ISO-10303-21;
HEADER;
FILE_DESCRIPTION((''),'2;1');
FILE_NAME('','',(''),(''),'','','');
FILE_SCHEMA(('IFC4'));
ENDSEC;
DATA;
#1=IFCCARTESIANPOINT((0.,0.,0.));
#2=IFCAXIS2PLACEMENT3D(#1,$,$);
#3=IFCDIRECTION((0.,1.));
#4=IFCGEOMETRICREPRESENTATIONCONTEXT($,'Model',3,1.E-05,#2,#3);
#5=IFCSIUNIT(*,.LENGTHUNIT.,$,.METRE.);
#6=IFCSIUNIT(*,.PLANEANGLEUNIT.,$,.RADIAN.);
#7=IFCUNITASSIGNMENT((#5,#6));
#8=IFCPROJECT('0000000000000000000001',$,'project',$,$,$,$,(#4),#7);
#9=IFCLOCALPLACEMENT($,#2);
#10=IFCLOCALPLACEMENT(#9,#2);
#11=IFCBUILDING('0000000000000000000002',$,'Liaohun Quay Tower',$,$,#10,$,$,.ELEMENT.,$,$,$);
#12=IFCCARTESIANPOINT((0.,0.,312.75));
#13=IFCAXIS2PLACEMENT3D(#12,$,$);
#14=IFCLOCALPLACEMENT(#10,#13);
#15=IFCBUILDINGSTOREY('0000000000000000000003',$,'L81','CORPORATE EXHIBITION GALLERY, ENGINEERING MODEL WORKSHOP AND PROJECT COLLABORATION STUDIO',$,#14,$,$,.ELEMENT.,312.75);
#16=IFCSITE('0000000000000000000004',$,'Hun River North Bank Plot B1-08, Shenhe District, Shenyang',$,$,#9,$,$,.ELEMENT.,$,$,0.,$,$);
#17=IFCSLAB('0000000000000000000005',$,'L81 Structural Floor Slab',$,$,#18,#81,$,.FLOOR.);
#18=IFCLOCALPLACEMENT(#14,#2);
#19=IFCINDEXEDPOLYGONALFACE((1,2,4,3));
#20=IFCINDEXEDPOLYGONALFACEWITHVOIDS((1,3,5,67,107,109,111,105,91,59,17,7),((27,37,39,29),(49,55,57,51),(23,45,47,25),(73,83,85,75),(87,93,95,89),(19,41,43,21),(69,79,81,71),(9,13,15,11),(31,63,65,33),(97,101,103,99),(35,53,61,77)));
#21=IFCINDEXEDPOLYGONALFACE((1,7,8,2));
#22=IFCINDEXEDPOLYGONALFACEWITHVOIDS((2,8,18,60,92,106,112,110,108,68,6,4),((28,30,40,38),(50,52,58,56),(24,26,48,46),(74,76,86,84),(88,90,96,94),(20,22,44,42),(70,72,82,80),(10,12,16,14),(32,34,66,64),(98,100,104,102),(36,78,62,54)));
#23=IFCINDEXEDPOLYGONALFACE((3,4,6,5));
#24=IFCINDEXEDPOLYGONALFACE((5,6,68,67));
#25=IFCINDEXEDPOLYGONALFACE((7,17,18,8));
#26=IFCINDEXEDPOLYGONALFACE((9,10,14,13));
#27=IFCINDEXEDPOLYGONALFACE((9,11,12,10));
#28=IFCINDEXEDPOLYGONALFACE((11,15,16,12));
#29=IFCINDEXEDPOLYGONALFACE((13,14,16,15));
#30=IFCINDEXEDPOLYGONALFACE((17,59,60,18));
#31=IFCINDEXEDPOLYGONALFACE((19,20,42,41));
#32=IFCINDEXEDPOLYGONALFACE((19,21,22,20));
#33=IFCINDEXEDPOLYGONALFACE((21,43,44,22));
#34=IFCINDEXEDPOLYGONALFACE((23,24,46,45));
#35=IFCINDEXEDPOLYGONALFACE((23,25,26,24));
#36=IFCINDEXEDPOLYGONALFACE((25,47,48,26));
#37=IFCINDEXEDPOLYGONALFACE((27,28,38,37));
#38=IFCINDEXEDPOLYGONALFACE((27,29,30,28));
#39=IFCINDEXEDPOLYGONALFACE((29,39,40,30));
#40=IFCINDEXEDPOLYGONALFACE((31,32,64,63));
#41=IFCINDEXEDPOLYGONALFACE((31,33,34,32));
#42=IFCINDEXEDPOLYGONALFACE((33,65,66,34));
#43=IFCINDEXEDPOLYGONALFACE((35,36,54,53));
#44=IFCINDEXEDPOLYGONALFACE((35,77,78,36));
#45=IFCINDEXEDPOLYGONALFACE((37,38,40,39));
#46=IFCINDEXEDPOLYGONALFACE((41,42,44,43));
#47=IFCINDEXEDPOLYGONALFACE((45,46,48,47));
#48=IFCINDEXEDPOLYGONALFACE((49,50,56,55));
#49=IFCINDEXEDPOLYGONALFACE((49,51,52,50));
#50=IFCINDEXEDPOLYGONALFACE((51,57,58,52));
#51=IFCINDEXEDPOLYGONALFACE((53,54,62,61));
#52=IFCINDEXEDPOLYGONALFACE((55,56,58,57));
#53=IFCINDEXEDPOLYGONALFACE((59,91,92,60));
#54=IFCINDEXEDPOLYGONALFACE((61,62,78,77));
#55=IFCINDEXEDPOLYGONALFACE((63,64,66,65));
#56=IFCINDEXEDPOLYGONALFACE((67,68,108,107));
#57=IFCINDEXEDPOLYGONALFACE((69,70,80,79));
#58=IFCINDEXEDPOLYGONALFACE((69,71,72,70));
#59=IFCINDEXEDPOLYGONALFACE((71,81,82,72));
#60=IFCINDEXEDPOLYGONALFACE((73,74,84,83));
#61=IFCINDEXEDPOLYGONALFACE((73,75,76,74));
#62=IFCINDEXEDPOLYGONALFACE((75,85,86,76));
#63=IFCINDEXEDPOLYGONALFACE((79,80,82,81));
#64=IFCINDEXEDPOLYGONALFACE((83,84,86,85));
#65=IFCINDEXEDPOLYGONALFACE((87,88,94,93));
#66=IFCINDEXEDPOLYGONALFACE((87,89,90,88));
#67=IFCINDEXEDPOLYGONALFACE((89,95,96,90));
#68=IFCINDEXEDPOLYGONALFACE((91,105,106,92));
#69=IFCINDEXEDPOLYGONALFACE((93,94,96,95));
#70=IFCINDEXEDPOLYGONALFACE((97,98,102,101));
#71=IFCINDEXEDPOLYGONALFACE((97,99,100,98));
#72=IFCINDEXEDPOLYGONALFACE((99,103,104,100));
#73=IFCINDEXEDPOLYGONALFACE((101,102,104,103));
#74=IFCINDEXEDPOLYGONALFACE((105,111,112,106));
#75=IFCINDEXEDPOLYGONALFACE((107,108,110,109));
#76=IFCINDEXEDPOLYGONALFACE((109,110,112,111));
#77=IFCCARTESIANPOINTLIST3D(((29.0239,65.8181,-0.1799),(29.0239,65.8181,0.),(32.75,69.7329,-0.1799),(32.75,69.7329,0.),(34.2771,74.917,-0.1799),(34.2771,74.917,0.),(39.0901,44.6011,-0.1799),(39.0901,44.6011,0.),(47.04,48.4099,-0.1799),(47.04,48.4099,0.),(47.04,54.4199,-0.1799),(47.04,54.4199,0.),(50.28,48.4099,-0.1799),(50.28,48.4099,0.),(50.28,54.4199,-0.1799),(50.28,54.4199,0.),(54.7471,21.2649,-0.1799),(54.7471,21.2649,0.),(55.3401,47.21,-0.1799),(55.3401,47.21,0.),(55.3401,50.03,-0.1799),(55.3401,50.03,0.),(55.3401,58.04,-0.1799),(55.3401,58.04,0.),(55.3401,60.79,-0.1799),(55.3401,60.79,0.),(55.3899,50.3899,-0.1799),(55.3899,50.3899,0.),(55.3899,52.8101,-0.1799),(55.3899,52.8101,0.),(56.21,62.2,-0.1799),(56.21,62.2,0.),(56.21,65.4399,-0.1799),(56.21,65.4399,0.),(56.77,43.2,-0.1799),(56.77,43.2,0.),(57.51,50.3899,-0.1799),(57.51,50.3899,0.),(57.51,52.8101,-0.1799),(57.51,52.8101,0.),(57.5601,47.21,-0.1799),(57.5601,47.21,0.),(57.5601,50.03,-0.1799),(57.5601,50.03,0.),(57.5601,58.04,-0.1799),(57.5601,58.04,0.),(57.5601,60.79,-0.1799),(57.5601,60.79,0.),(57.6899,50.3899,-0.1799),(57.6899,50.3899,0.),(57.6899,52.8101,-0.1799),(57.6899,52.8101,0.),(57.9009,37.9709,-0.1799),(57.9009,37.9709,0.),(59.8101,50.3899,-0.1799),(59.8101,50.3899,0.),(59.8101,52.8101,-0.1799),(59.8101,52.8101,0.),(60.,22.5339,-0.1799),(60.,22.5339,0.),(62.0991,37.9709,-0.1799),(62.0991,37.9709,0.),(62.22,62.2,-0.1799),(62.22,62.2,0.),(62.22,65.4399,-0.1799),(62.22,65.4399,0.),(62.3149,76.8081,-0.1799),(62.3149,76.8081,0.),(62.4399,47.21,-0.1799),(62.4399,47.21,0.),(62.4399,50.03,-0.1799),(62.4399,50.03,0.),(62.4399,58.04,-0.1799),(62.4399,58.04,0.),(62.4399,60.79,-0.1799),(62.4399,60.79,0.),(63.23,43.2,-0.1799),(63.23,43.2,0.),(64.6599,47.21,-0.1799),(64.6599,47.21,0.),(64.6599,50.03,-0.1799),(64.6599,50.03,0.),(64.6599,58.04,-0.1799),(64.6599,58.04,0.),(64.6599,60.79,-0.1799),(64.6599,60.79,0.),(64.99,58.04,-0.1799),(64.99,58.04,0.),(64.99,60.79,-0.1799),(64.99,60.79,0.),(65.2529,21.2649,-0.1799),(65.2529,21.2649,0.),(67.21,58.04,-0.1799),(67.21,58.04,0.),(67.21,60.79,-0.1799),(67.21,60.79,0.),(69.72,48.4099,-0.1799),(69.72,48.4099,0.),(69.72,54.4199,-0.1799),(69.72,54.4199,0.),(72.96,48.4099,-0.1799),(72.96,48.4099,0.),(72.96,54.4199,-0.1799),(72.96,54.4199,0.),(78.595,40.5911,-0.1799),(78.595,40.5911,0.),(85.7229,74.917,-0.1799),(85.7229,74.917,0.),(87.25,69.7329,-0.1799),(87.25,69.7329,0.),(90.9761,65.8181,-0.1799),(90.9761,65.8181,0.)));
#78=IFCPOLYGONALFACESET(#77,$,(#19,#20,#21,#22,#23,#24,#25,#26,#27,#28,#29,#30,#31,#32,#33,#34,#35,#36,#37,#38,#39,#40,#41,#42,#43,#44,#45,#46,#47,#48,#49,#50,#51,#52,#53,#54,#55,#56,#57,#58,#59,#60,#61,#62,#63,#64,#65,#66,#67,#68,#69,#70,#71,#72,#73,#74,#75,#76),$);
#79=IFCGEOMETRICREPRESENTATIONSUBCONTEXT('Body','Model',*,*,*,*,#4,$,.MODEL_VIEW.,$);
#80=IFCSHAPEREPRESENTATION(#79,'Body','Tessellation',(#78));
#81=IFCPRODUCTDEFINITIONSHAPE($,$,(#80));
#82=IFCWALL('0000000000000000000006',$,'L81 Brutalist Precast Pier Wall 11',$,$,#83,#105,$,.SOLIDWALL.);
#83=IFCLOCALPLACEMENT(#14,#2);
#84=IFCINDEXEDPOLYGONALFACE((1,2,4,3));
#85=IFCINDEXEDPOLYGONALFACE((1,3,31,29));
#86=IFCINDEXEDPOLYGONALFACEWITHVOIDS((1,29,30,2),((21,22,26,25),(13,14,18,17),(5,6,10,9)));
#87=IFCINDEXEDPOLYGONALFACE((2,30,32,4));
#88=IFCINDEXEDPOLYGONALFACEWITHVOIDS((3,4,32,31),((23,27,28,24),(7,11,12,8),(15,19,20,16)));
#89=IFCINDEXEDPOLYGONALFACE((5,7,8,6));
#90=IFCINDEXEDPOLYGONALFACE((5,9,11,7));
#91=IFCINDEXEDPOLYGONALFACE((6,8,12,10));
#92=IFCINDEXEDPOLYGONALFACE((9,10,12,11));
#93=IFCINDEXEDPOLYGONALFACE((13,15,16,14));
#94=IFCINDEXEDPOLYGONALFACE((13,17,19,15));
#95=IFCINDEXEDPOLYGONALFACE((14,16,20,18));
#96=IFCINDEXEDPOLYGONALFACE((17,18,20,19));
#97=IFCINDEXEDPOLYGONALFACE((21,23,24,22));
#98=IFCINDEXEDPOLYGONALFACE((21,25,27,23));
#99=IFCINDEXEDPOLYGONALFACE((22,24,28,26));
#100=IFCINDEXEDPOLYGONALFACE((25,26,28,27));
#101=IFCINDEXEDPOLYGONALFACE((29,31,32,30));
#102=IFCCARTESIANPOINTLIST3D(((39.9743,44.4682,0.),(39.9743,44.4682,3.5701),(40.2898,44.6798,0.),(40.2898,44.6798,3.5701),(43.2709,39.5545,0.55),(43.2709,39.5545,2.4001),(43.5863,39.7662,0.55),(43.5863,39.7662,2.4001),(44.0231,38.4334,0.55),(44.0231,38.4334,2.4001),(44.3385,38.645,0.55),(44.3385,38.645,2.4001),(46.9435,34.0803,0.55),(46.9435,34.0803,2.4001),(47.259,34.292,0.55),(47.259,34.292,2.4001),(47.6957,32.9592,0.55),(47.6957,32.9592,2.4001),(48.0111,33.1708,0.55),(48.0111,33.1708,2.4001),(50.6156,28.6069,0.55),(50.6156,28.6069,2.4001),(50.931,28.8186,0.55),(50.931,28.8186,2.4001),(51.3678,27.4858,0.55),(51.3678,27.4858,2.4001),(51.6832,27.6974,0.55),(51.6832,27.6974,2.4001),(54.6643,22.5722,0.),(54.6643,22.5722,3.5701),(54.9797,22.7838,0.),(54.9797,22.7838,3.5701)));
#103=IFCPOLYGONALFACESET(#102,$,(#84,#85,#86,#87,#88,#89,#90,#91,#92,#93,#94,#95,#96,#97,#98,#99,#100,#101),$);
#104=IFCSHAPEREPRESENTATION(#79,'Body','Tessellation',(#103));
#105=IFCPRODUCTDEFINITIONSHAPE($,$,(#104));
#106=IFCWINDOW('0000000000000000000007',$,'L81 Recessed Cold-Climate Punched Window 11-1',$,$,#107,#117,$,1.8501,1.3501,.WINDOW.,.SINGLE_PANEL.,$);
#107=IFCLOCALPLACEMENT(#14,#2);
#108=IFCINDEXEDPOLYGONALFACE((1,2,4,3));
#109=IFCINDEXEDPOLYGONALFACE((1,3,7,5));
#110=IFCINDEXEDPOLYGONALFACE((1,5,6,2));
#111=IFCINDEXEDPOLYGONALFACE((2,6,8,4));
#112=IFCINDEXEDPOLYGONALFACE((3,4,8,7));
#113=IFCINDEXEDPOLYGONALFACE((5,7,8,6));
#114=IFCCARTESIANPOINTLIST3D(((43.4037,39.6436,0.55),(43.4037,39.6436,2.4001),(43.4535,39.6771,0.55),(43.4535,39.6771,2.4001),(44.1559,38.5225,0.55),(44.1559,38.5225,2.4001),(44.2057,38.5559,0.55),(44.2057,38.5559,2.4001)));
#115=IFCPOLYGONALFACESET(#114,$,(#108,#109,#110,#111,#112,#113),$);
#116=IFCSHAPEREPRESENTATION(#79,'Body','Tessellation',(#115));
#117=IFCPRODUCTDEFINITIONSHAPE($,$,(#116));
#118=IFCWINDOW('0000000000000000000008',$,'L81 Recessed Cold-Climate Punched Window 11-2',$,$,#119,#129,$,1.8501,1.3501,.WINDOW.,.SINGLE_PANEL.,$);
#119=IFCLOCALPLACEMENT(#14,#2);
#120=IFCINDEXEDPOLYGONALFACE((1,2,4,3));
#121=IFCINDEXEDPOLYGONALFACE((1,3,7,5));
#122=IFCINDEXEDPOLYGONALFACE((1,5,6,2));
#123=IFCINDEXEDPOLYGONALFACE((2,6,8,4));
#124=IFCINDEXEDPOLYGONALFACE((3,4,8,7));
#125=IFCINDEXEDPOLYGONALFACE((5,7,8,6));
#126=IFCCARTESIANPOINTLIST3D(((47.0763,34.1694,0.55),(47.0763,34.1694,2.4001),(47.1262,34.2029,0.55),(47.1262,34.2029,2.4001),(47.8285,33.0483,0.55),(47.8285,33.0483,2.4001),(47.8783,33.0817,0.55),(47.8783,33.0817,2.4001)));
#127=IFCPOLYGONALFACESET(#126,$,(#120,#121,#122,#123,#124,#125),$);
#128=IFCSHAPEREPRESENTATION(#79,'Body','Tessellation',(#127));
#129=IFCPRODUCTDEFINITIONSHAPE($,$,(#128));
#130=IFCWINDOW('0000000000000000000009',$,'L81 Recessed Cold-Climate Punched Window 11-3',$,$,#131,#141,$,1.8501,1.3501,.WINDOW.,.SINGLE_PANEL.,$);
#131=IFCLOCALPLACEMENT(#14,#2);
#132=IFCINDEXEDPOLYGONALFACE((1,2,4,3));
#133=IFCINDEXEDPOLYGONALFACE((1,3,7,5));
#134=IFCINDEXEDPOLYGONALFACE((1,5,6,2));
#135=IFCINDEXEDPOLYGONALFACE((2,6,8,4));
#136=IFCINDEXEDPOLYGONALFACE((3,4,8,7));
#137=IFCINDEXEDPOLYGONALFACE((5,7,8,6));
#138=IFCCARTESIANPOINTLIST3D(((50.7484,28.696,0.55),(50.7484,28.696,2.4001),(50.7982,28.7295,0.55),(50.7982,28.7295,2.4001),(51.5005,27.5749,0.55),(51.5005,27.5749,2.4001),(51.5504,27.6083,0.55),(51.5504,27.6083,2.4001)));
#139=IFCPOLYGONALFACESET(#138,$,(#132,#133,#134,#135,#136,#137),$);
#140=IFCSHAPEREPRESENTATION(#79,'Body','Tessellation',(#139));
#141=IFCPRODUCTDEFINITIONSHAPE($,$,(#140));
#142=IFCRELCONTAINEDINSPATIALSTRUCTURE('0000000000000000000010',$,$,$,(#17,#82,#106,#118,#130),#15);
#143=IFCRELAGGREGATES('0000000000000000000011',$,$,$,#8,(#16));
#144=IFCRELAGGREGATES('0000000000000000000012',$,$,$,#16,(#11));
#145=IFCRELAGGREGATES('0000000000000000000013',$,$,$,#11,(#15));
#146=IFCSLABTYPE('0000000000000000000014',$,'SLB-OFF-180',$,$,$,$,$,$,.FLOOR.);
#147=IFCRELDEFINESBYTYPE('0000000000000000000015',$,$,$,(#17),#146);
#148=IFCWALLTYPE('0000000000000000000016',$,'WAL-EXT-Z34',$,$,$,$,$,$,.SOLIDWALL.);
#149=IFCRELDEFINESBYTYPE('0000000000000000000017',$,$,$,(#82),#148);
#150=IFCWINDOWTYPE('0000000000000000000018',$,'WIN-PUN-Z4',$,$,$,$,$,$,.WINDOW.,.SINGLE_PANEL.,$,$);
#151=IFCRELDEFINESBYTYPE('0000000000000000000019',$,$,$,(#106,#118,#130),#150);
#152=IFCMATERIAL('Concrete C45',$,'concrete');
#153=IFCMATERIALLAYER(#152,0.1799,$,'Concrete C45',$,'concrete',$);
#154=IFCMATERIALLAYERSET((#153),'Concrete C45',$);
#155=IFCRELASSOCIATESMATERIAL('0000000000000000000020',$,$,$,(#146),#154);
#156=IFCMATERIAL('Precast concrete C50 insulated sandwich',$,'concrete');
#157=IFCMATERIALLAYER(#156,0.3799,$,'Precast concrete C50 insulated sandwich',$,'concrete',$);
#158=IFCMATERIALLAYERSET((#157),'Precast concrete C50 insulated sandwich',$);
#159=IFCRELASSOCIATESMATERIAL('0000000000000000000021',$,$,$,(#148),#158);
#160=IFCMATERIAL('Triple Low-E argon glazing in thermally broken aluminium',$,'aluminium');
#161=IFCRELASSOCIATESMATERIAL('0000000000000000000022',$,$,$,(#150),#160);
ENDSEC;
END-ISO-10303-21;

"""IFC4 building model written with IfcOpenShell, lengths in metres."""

from ifc_helpers import new_model, si_unit, direction, frame, frame_2d, origin, place, context, subcontext, project, spatial, polyline, rectangle, outline, extrude, source, transform, mapped, material, layer, layer_set, type_object, element, fill, save


model = new_model("IFC4")

# Units and contexts
model_context = context("Model", 3, precision=1e-05, world=origin(), true_north=direction((0.0, 1.0)))
body_context = subcontext(model_context, "Body", "Model", "MODEL_VIEW")
ifc_project = project(units=[si_unit("LENGTHUNIT", "METRE"), si_unit("PLANEANGLEUNIT", "RADIAN")], contexts=[model_context])

# Site, building, storey
site_placement = place(None, origin())
site = spatial("IfcSite", under=ifc_project, at=site_placement, Name="Hun River North Bank Plot B1-08, Shenhe District, Shenyang", CompositionType="ELEMENT", RefElevation=0.0)
building_placement = place(site_placement, origin())
building = spatial("IfcBuilding", under=site, at=building_placement, Name="Liaohun Quay Tower", CompositionType="ELEMENT")
storey_placement = place(building_placement, frame((0.0, 0.0, 312.75)))
storey = spatial("IfcBuildingStorey", under=building, at=storey_placement, Name="L81", Description="CORPORATE EXHIBITION GALLERY, ENGINEERING MODEL WORKSHOP AND PROJECT COLLABORATION STUDIO", CompositionType="ELEMENT", Elevation=312.75)

# Shared definitions
ifc_material_1 = material(Name="Concrete C45", Category="concrete")

# Slab
ifc_layer_1 = layer(ifc_material_1, 0.1799, Name="Concrete C45", Category="concrete")
ifc_layer_set_1 = layer_set([ifc_layer_1], Name="Concrete C45")
slab_type_1 = type_object("IfcSlabType", Name="SLB-OFF-180", PredefinedType="FLOOR", material=ifc_layer_set_1)
slab_1_placement = place(storey_placement, frame((0.0, 0.0, -0.1799)))
element("IfcSlab", 1, at=slab_1_placement, inside=storey, type_object=slab_type_1, Name="L81 Structural Floor Slab", PredefinedType="FLOOR", context=body_context, shape_type="SweptSolid", body=[
    extrude(outline(polyline([(54.7471, 21.2649), (60.0, 22.5339), (65.2529, 21.2649), (78.595, 40.5911), (90.9761, 65.8181), (87.25, 69.7329), (85.7229, 74.917), (62.3149, 76.8081), (34.2771, 74.917), (32.75, 69.7329), (29.0239, 65.8181), (39.0901, 44.6011), (54.7471, 21.2649)]), holes=[polyline([(57.5601, 50.03), (55.3401, 50.03), (55.3401, 47.21), (57.5601, 47.21), (57.5601, 50.03)]), polyline([(47.04, 54.4199), (47.04, 48.4099), (50.28, 48.4099), (50.28, 54.4199), (47.04, 54.4199)]), polyline([(57.51, 52.8101), (55.3899, 52.8101), (55.3899, 50.3899), (57.51, 50.3899), (57.51, 52.8101)]), polyline([(59.8101, 50.3899), (59.8101, 52.8101), (57.6899, 52.8101), (57.6899, 50.3899), (59.8101, 50.3899)]), polyline([(57.5601, 58.04), (57.5601, 60.79), (55.3401, 60.79), (55.3401, 58.04), (57.5601, 58.04)]), polyline([(62.22, 65.4399), (56.21, 65.4399), (56.21, 62.2), (62.22, 62.2), (62.22, 65.4399)]), polyline([(62.0991, 37.9709), (63.23, 43.2), (56.77, 43.2), (57.9009, 37.9709), (62.0991, 37.9709)]), polyline([(64.6599, 47.21), (64.6599, 50.03), (62.4399, 50.03), (62.4399, 47.21), (64.6599, 47.21)]), polyline([(69.72, 54.4199), (69.72, 48.4099), (72.96, 48.4099), (72.96, 54.4199), (69.72, 54.4199)]), polyline([(64.6599, 58.04), (64.6599, 60.79), (62.4399, 60.79), (62.4399, 58.04), (64.6599, 58.04)]), polyline([(67.21, 58.04), (67.21, 60.79), (64.99, 60.79), (64.99, 58.04), (67.21, 58.04)])]), origin(), (0.0, 0.0, 1.0), 0.1799),
])

# Wall, openings, windows
ifc_material_2 = material(Name="Precast concrete C50 insulated sandwich", Category="concrete")
ifc_layer_2 = layer(ifc_material_2, 0.3799, Name="Precast concrete C50 insulated sandwich", Category="concrete")
ifc_layer_set_2 = layer_set([ifc_layer_2], Name="Precast concrete C50 insulated sandwich")
wall_type_1 = type_object("IfcWallType", Name="WAL-EXT-Z34", PredefinedType="SOLIDWALL", material=ifc_layer_set_2)
wall_1_placement = place(storey_placement, frame((40.1321, 44.574, 0.0), z_axis=(0.0, 0.0, 1.0), x_axis=(0.557129, -0.830426, 0.0)))
wall_1 = element("IfcWall", 2, at=wall_1_placement, inside=storey, type_object=wall_type_1, Name="L81 Brutalist Precast Pier Wall 11", PredefinedType="SOLIDWALL", context=body_context, shape_type="SweptSolid", body=[
    extrude(rectangle(XDim=26.3672, YDim=0.3799, at=frame_2d((13.1836, 0.0))), origin(), (0.0, 0.0, 1.0), 3.5701),
])
shared_shape_1 = source(origin(), body_context, "Body", "SweptSolid", [
    extrude(rectangle(XDim=1.3501, YDim=1.8501, at=frame_2d((0.675, 0.925))), frame((0.0, 0.2, 0.0), z_axis=(0.0, -1.0, 0.0), x_axis=(1.0, 0.0, 0.0)), (0.0, 0.0, 1.0), 0.3999),
])
opening_1_placement = place(wall_1_placement, frame((5.917, 0.0, 0.55)))
opening_1 = element("IfcOpeningElement", 3, at=opening_1_placement, cuts=wall_1, PredefinedType="OPENING", context=body_context, shape_type="MappedRepresentation", body=[
    mapped(shared_shape_1, transform((0.0, 0.0, 0.0), x_axis=(1.0, 0.0, 0.0), y_axis=(0.0, 1.0, 0.0), z_axis=(0.0, 0.0, 1.0), scale=1.0)),
])
opening_2_placement = place(wall_1_placement, frame((12.509, 0.0, 0.55)))
opening_2 = element("IfcOpeningElement", 4, at=opening_2_placement, cuts=wall_1, PredefinedType="OPENING", context=body_context, shape_type="MappedRepresentation", body=[
    mapped(shared_shape_1, transform((0.0, 0.0, 0.0), x_axis=(1.0, 0.0, 0.0), y_axis=(0.0, 1.0, 0.0), z_axis=(0.0, 0.0, 1.0), scale=1.0)),
])
opening_3_placement = place(wall_1_placement, frame((19.1001, 0.0, 0.55)))
opening_3 = element("IfcOpeningElement", 5, at=opening_3_placement, cuts=wall_1, PredefinedType="OPENING", context=body_context, shape_type="MappedRepresentation", body=[
    mapped(shared_shape_1, transform((0.0, 0.0, 0.0), x_axis=(1.0, 0.0, 0.0), y_axis=(0.0, 1.0, 0.0), z_axis=(0.0, 0.0, 1.0), scale=1.0)),
])
ifc_material_3 = material(Name="Triple Low-E argon glazing in thermally broken aluminium", Category="aluminium")
window_type = type_object("IfcWindowType", Name="WIN-PUN-Z4", PartitioningType="SINGLE_PANEL", PredefinedType="WINDOW", material=ifc_material_3)
shared_shape_2 = source(origin(), body_context, "Body", "SweptSolid", [
    extrude(rectangle(XDim=1.3501, YDim=1.8501, at=frame_2d((0.675, 0.925))), frame((0.0, 0.03, 0.0), z_axis=(0.0, -1.0, 0.0), x_axis=(1.0, 0.0, 0.0)), (0.0, 0.0, 1.0), 0.0601),
])
window_1_placement = place(opening_1_placement, origin())
window_1 = element("IfcWindow", 6, at=window_1_placement, inside=storey, type_object=window_type, Name="L81 Recessed Cold-Climate Punched Window 11-1", OverallHeight=1.8501, OverallWidth=1.3501, PartitioningType="SINGLE_PANEL", PredefinedType="WINDOW", context=body_context, shape_type="MappedRepresentation", body=[
    mapped(shared_shape_2, transform((0.0, 0.0, 0.0), x_axis=(1.0, 0.0, 0.0), y_axis=(0.0, 1.0, 0.0), z_axis=(0.0, 0.0, 1.0), scale=1.0)),
])
fill(opening_1, window_1)
window_2_placement = place(opening_2_placement, origin())
window_2 = element("IfcWindow", 7, at=window_2_placement, inside=storey, type_object=window_type, Name="L81 Recessed Cold-Climate Punched Window 11-2", OverallHeight=1.8501, OverallWidth=1.3501, PartitioningType="SINGLE_PANEL", PredefinedType="WINDOW", context=body_context, shape_type="MappedRepresentation", body=[
    mapped(shared_shape_2, transform((0.0, 0.0, 0.0), x_axis=(1.0, 0.0, 0.0), y_axis=(0.0, 1.0, 0.0), z_axis=(0.0, 0.0, 1.0), scale=1.0)),
])
fill(opening_2, window_2)
window_3_placement = place(opening_3_placement, origin())
window_3 = element("IfcWindow", 8, at=window_3_placement, inside=storey, type_object=window_type, Name="L81 Recessed Cold-Climate Punched Window 11-3", OverallHeight=1.8501, OverallWidth=1.3501, PartitioningType="SINGLE_PANEL", PredefinedType="WINDOW", context=body_context, shape_type="MappedRepresentation", body=[
    mapped(shared_shape_2, transform((0.0, 0.0, 0.0), x_axis=(1.0, 0.0, 0.0), y_axis=(0.0, 1.0, 0.0), z_axis=(0.0, 0.0, 1.0), scale=1.0)),
])
fill(opening_3, window_3)

save(model, "model.ifc")
